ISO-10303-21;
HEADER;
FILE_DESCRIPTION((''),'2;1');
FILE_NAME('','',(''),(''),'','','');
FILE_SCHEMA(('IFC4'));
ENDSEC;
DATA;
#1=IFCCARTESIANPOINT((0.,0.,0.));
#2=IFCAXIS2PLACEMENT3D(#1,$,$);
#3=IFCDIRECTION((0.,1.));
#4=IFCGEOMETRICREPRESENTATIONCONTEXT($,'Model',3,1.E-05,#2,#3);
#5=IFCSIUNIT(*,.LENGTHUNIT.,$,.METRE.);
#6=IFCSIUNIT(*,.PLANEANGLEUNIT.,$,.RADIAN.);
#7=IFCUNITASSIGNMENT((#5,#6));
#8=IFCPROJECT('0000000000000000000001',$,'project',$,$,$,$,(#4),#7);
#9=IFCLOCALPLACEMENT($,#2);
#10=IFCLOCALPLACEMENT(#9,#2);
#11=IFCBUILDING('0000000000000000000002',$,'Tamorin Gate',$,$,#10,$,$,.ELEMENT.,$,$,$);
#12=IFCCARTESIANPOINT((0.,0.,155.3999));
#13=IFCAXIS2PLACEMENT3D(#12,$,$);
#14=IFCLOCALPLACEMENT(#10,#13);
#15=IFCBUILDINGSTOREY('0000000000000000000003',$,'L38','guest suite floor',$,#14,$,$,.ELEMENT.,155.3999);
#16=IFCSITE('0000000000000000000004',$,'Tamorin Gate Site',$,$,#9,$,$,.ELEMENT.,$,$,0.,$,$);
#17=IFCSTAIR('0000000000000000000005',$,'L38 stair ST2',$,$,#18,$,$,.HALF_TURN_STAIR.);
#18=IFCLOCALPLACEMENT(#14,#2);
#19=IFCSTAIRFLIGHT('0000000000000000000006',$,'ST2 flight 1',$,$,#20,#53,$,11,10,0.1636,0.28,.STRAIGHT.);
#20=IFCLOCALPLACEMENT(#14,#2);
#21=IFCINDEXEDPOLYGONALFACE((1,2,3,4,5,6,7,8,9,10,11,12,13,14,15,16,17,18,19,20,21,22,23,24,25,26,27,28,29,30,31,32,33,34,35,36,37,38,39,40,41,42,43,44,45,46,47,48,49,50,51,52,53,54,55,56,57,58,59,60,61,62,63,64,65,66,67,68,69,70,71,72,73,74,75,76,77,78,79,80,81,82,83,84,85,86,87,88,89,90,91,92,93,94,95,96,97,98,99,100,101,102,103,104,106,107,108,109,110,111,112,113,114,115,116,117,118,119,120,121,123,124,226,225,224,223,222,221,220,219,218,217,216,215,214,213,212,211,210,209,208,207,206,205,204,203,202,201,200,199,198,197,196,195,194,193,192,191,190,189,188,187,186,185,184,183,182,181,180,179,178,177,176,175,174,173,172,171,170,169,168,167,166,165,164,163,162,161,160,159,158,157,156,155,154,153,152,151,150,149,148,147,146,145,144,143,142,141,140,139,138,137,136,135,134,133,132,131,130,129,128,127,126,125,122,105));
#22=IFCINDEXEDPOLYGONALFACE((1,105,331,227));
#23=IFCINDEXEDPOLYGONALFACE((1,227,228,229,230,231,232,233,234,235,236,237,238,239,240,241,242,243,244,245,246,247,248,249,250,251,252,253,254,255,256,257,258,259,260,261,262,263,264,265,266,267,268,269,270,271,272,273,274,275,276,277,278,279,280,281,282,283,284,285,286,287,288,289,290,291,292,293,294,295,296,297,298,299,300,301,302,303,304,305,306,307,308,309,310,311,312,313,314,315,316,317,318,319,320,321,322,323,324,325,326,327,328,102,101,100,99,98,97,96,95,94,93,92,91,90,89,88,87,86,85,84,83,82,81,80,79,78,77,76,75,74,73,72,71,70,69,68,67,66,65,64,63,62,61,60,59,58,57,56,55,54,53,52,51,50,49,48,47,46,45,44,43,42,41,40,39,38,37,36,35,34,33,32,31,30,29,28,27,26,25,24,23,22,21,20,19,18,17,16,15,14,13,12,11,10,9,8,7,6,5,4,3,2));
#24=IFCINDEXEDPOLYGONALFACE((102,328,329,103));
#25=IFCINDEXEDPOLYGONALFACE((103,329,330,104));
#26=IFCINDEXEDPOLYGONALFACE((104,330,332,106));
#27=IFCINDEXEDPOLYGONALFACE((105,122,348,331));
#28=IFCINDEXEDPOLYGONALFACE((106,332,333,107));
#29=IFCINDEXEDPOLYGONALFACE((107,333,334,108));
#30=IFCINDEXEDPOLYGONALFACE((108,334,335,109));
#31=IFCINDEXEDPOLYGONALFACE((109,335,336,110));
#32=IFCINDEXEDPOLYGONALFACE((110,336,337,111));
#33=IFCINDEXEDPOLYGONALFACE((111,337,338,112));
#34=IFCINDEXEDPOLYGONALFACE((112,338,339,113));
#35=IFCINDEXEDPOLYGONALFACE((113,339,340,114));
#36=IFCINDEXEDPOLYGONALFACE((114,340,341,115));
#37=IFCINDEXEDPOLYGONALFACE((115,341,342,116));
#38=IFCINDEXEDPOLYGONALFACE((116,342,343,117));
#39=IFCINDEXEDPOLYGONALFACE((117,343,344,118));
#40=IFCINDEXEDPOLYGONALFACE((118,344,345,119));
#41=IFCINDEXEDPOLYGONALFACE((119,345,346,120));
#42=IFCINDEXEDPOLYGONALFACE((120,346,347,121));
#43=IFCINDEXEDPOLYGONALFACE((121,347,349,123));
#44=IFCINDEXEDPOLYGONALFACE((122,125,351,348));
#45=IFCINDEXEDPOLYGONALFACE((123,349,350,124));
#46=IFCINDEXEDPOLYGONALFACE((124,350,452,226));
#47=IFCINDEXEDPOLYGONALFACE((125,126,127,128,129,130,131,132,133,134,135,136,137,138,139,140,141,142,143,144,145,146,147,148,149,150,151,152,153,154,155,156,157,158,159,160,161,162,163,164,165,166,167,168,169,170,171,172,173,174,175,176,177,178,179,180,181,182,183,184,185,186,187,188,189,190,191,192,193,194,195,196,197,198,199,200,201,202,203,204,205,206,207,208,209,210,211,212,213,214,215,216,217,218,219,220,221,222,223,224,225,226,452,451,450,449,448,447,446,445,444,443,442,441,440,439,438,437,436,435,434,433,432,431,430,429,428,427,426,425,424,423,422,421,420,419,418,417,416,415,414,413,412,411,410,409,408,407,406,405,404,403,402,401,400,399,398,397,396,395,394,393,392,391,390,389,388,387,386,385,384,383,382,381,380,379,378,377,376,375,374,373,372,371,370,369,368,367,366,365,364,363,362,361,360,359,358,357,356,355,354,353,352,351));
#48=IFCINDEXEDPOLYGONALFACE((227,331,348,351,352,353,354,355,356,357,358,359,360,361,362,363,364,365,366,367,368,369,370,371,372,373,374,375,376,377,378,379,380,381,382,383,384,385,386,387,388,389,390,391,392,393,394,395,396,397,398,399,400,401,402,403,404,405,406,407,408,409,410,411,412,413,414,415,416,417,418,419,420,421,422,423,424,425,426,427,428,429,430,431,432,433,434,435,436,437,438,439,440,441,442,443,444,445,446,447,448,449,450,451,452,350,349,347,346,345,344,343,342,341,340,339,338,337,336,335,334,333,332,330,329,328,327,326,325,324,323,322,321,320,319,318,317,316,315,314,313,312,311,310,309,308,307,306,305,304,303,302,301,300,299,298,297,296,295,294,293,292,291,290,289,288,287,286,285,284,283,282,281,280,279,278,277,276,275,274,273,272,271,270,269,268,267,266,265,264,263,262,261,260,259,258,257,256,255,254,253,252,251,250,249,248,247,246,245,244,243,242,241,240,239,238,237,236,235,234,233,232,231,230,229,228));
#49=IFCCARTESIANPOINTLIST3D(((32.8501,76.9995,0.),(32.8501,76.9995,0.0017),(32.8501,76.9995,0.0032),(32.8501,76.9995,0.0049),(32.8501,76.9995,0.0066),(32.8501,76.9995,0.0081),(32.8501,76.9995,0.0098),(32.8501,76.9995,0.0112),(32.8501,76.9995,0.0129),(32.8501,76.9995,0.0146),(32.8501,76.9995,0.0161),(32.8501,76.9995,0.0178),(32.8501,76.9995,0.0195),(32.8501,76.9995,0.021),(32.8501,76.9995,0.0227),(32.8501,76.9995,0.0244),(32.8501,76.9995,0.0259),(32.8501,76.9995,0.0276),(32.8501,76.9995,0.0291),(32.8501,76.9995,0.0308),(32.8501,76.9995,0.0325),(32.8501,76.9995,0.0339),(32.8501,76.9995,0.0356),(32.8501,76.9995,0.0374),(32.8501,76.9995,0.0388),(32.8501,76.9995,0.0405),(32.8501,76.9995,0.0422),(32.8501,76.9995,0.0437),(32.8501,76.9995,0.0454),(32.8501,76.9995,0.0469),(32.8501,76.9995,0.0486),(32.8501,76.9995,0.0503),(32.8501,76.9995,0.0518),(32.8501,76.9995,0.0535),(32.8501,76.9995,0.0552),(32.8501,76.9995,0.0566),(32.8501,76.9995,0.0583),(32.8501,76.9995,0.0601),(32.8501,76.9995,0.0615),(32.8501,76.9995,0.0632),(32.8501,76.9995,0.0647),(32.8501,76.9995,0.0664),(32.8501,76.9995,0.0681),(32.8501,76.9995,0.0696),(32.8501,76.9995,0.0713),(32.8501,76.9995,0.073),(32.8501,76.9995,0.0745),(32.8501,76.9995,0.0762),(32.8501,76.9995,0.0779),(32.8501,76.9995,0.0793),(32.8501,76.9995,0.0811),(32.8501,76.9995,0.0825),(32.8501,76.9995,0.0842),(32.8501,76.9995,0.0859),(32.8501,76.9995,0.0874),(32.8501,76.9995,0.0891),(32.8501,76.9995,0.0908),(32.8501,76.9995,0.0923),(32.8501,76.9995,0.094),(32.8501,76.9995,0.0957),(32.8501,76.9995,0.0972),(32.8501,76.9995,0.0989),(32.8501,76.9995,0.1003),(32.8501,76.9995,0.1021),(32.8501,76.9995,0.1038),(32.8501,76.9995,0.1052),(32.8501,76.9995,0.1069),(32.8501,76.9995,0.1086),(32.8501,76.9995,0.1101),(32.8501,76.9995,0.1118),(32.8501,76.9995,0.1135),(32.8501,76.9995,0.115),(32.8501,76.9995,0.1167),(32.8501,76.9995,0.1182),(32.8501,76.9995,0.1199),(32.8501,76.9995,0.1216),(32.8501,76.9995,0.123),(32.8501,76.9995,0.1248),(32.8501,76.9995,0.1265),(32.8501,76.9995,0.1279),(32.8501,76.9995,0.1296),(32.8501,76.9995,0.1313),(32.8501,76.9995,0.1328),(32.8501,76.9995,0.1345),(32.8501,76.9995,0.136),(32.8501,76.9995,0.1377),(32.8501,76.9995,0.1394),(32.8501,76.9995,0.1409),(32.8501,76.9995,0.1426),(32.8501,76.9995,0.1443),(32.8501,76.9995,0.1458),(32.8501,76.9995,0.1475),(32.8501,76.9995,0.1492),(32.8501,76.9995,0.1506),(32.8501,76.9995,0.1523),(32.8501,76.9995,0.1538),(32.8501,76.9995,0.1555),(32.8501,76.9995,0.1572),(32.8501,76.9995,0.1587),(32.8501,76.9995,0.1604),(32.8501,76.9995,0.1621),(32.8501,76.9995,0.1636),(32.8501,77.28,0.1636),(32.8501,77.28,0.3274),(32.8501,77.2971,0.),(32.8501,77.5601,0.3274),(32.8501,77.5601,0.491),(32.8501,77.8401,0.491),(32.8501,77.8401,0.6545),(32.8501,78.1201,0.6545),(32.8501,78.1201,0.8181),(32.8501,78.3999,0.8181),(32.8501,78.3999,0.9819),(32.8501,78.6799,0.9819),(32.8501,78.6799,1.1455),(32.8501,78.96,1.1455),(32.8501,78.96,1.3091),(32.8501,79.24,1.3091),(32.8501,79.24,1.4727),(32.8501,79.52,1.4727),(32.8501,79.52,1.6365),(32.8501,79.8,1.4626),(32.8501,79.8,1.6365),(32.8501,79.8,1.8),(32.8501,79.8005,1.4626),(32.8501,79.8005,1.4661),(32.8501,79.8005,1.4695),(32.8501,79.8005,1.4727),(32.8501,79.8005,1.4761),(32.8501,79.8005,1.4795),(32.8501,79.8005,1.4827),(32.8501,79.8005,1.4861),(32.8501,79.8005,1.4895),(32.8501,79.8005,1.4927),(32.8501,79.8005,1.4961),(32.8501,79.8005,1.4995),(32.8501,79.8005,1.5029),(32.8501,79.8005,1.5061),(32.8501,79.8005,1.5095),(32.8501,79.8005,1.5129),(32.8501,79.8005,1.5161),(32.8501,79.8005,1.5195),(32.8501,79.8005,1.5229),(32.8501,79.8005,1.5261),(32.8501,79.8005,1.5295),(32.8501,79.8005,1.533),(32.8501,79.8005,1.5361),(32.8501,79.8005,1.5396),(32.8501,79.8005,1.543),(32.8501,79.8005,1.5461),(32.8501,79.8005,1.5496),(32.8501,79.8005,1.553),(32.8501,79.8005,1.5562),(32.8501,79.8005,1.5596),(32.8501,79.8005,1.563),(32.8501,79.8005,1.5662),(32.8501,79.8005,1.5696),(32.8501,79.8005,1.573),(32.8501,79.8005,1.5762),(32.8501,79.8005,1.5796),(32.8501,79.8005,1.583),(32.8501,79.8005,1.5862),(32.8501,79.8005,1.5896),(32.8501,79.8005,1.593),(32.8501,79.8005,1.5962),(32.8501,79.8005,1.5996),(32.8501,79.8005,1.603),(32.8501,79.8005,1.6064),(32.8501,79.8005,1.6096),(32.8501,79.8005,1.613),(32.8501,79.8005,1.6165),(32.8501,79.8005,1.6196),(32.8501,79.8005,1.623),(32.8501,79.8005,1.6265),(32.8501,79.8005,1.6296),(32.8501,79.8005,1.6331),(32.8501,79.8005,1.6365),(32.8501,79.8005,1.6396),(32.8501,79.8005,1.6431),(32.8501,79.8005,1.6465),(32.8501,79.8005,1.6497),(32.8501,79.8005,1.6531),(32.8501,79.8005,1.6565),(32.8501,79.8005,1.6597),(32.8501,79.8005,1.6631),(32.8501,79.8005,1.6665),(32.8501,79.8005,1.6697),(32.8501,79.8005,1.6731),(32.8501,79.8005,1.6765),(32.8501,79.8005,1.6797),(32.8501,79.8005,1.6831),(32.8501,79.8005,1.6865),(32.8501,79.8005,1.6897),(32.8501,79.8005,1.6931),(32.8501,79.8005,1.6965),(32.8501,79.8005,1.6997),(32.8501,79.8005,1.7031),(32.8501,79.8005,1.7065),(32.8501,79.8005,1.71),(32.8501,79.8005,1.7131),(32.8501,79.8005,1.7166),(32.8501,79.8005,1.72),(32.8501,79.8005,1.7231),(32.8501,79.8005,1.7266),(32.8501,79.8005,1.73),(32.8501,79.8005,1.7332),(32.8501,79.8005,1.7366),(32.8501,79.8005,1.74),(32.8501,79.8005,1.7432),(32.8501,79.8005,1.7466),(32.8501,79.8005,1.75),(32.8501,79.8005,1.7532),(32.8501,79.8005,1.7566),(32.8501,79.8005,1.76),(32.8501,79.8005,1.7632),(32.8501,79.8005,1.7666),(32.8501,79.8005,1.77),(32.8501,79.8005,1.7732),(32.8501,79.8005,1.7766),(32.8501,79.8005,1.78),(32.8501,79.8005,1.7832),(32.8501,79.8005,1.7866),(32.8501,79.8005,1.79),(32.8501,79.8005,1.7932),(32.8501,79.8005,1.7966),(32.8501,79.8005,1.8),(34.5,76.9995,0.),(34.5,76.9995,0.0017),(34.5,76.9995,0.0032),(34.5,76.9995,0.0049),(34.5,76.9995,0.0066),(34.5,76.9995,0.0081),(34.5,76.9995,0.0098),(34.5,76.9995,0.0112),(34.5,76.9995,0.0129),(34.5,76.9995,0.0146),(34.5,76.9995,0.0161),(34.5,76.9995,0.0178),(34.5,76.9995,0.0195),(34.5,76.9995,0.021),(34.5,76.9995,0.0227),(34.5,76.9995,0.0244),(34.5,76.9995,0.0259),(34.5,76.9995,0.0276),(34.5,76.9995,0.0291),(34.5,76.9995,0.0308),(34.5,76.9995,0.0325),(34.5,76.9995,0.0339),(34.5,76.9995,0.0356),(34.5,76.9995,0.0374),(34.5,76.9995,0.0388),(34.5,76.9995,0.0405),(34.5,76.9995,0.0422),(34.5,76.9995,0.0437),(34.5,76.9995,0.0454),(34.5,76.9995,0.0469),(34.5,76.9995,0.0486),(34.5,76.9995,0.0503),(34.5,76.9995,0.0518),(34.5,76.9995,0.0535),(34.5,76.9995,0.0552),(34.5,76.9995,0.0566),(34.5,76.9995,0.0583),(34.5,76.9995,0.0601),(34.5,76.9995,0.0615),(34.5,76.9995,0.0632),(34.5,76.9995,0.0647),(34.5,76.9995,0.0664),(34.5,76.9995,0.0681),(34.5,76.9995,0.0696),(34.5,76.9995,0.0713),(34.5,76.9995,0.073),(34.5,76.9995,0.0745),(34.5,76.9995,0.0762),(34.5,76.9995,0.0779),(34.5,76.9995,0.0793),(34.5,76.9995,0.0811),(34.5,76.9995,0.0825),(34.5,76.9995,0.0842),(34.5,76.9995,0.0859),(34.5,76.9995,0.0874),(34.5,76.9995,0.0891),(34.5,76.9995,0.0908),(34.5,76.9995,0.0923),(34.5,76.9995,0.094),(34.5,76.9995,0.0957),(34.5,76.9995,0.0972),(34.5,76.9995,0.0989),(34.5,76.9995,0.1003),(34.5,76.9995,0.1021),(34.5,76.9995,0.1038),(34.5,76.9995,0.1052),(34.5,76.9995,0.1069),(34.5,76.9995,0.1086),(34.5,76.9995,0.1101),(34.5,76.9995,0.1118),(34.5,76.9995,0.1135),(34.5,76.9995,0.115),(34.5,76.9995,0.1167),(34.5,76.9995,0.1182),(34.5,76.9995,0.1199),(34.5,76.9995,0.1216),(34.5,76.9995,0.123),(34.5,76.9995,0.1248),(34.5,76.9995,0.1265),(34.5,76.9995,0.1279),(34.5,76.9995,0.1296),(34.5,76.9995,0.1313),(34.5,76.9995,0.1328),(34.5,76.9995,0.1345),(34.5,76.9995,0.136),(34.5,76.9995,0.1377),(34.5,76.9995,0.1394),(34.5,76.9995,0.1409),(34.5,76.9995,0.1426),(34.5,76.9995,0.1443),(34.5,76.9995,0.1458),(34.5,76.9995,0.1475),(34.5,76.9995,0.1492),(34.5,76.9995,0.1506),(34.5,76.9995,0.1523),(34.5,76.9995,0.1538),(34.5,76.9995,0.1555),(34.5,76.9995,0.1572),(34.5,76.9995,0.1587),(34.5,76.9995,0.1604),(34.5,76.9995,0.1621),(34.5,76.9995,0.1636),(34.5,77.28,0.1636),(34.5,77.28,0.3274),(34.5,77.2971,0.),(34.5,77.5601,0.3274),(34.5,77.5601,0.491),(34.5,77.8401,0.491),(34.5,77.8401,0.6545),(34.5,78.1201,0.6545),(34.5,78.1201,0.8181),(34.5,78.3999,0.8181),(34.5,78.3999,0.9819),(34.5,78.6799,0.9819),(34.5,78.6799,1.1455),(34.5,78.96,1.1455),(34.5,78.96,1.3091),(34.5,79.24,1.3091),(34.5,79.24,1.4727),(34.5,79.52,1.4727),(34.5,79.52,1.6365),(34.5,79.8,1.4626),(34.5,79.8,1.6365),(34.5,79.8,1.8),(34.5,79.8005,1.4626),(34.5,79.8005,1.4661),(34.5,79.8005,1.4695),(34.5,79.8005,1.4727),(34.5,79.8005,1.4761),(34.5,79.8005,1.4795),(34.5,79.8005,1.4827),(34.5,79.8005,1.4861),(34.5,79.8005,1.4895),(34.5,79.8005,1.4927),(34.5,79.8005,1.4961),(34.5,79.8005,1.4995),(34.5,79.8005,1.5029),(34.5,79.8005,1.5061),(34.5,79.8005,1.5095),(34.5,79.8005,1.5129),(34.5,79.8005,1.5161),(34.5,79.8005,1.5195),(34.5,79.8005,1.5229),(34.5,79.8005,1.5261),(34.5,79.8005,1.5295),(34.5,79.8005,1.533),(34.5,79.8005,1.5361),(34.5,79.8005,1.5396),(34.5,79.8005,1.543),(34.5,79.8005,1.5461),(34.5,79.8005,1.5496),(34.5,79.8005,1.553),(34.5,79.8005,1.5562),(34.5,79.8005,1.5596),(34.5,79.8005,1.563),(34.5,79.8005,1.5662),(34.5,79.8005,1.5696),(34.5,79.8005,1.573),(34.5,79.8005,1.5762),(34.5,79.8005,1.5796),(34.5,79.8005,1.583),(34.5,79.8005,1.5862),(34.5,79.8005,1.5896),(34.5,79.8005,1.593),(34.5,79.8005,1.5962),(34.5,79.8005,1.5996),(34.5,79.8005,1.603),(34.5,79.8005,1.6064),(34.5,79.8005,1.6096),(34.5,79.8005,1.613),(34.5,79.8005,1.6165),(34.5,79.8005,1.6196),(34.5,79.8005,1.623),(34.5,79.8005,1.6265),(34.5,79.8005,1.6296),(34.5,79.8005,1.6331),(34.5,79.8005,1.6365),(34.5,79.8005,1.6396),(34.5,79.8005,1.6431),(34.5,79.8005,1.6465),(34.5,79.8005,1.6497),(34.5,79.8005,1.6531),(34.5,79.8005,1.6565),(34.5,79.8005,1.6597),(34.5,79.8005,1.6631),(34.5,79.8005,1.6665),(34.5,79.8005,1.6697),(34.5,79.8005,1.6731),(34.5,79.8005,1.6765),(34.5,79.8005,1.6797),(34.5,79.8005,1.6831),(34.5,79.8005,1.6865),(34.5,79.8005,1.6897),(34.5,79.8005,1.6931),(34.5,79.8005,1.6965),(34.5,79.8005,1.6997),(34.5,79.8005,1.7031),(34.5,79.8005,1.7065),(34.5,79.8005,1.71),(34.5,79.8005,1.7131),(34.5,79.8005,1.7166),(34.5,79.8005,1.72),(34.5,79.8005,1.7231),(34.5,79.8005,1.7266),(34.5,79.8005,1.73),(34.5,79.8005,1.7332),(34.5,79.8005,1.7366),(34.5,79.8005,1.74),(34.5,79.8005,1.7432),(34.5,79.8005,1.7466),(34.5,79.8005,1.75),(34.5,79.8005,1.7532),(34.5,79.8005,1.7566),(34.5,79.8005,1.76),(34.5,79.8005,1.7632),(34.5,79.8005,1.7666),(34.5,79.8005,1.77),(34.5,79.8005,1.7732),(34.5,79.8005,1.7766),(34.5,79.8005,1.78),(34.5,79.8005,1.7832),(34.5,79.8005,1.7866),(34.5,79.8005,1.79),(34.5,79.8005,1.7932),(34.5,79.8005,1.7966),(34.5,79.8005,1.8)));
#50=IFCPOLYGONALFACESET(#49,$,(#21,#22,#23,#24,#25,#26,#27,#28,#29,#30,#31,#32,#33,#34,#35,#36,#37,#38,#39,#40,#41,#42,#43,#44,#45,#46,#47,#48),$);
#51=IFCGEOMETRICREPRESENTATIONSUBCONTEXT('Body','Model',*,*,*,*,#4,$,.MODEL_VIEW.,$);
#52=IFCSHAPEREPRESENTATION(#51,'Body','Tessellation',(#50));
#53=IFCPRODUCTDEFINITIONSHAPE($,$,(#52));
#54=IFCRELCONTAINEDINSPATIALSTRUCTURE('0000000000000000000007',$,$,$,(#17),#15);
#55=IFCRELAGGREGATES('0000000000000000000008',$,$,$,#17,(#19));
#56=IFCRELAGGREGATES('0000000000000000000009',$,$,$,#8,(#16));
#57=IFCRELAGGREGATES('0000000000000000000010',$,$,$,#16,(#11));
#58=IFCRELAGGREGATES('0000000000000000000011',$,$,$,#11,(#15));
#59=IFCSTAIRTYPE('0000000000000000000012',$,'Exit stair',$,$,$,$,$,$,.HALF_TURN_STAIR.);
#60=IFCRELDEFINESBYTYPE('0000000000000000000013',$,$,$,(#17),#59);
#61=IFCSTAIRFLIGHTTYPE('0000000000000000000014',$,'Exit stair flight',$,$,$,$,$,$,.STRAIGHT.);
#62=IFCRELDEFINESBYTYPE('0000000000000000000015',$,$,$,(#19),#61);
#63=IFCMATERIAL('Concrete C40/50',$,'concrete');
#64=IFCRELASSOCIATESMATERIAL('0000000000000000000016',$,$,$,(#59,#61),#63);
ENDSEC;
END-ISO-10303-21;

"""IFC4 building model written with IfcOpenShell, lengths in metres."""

from ifc_helpers import new_model, si_unit, direction, frame, origin, place, context, subcontext, project, spatial, polyline, outline, extrude, material, type_object, element, aggregate, save


model = new_model("IFC4")

# Units and contexts
model_context = context("Model", 3, precision=1e-05, world=origin(), true_north=direction((0.0, 1.0)))
body_context = subcontext(model_context, "Body", "Model", "MODEL_VIEW")
ifc_project = project(units=[si_unit("LENGTHUNIT", "METRE"), si_unit("PLANEANGLEUNIT", "RADIAN")], contexts=[model_context])

# Site, building, storey
site_placement = place(None, origin())
site = spatial("IfcSite", under=ifc_project, at=site_placement, Name="Tamorin Gate Site", CompositionType="ELEMENT", RefElevation=0.0)
building_placement = place(site_placement, origin())
building = spatial("IfcBuilding", under=site, at=building_placement, Name="Tamorin Gate", CompositionType="ELEMENT")
storey_placement = place(building_placement, frame((0.0, 0.0, 155.3999)))
storey = spatial("IfcBuildingStorey", under=building, at=storey_placement, Name="L38", Description="guest suite floor", CompositionType="ELEMENT", Elevation=155.3999)

# Shared definitions
ifc_material_1 = material(Name="Concrete C40/50", Category="concrete")

# Stair, stair flight
stair_type = type_object("IfcStairType", Name="Exit stair", PredefinedType="HALF_TURN_STAIR", material=ifc_material_1)
stair_flight_type = type_object("IfcStairFlightType", Name="Exit stair flight", PredefinedType="STRAIGHT", material=ifc_material_1)
stair_1_placement = place(storey_placement, origin())
stair_1 = element("IfcStair", 1, at=stair_1_placement, inside=storey, type_object=stair_type, Name="L38 stair ST2", PredefinedType="HALF_TURN_STAIR")
stair_flight_1_placement = place(storey_placement, frame((33.675, 77.0, 0.0), z_axis=(0.0, 0.0, 1.0), x_axis=(0.0, 1.0, 0.0)))
stair_flight_1 = element("IfcStairFlight", 2, at=stair_flight_1_placement, type_object=stair_flight_type, Name="ST2 flight 1", NumberOfRisers=11, NumberOfTreads=10, PredefinedType="STRAIGHT", RiserHeight=0.1636, TreadLength=0.28, context=body_context, shape_type="SweptSolid", body=[
    extrude(outline(polyline([(-0.0005, 0.0), (-0.0005, 0.0017), (-0.0005, 0.0032), (-0.0005, 0.0049), (-0.0005, 0.0066), (-0.0005, 0.0081), (-0.0005, 0.0098), (-0.0005, 0.0112), (-0.0005, 0.0129), (-0.0005, 0.0146), (-0.0005, 0.0161), (-0.0005, 0.0178), (-0.0005, 0.0195), (-0.0005, 0.021), (-0.0005, 0.0227), (-0.0005, 0.0244), (-0.0005, 0.0259), (-0.0005, 0.0276), (-0.0005, 0.0291), (-0.0005, 0.0308), (-0.0005, 0.0325), (-0.0005, 0.0339), (-0.0005, 0.0356), (-0.0005, 0.0374), (-0.0005, 0.0388), (-0.0005, 0.0405), (-0.0005, 0.0422), (-0.0005, 0.0437), (-0.0005, 0.0454), (-0.0005, 0.0469), (-0.0005, 0.0486), (-0.0005, 0.0503), (-0.0005, 0.0518), (-0.0005, 0.0535), (-0.0005, 0.0552), (-0.0005, 0.0566), (-0.0005, 0.0583), (-0.0005, 0.0601), (-0.0005, 0.0615), (-0.0005, 0.0632), (-0.0005, 0.0647), (-0.0005, 0.0664), (-0.0005, 0.0681), (-0.0005, 0.0696), (-0.0005, 0.0713), (-0.0005, 0.073), (-0.0005, 0.0745), (-0.0005, 0.0762), (-0.0005, 0.0779), (-0.0005, 0.0793), (-0.0005, 0.0811), (-0.0005, 0.0825), (-0.0005, 0.0842), (-0.0005, 0.0859), (-0.0005, 0.0874), (-0.0005, 0.0891), (-0.0005, 0.0908), (-0.0005, 0.0923), (-0.0005, 0.094), (-0.0005, 0.0957), (-0.0005, 0.0972), (-0.0005, 0.0989), (-0.0005, 0.1003), (-0.0005, 0.1021), (-0.0005, 0.1038), (-0.0005, 0.1052), (-0.0005, 0.1069), (-0.0005, 0.1086), (-0.0005, 0.1101), (-0.0005, 0.1118), (-0.0005, 0.1135), (-0.0005, 0.115), (-0.0005, 0.1167), (-0.0005, 0.1182), (-0.0005, 0.1199), (-0.0005, 0.1216), (-0.0005, 0.123), (-0.0005, 0.1248), (-0.0005, 0.1265), (-0.0005, 0.1279), (-0.0005, 0.1296), (-0.0005, 0.1313), (-0.0005, 0.1328), (-0.0005, 0.1345), (-0.0005, 0.136), (-0.0005, 0.1377), (-0.0005, 0.1394), (-0.0005, 0.1409), (-0.0005, 0.1426), (-0.0005, 0.1443), (-0.0005, 0.1458), (-0.0005, 0.1475), (-0.0005, 0.1492), (-0.0005, 0.1506), (-0.0005, 0.1523), (-0.0005, 0.1538), (-0.0005, 0.1555), (-0.0005, 0.1572), (-0.0005, 0.1587), (-0.0005, 0.1604), (-0.0005, 0.1621), (-0.0005, 0.1636), (0.28, 0.1636), (0.28, 0.3274), (0.5601, 0.3274), (0.5601, 0.491), (0.8401, 0.491), (0.8401, 0.6545), (1.1201, 0.6545), (1.1201, 0.8181), (1.3999, 0.8181), (1.3999, 0.9819), (1.6799, 0.9819), (1.6799, 1.1455), (1.96, 1.1455), (1.96, 1.3091), (2.24, 1.3091), (2.24, 1.4727), (2.52, 1.4727), (2.52, 1.6365), (2.8, 1.6365), (2.8, 1.8), (2.8005, 1.8), (2.8005, 1.7966), (2.8005, 1.7932), (2.8005, 1.79), (2.8005, 1.7866), (2.8005, 1.7832), (2.8005, 1.78), (2.8005, 1.7766), (2.8005, 1.7732), (2.8005, 1.77), (2.8005, 1.7666), (2.8005, 1.7632), (2.8005, 1.76), (2.8005, 1.7566), (2.8005, 1.7532), (2.8005, 1.75), (2.8005, 1.7466), (2.8005, 1.7432), (2.8005, 1.74), (2.8005, 1.7366), (2.8005, 1.7332), (2.8005, 1.73), (2.8005, 1.7266), (2.8005, 1.7231), (2.8005, 1.72), (2.8005, 1.7166), (2.8005, 1.7131), (2.8005, 1.71), (2.8005, 1.7065), (2.8005, 1.7031), (2.8005, 1.6997), (2.8005, 1.6965), (2.8005, 1.6931), (2.8005, 1.6897), (2.8005, 1.6865), (2.8005, 1.6831), (2.8005, 1.6797), (2.8005, 1.6765), (2.8005, 1.6731), (2.8005, 1.6697), (2.8005, 1.6665), (2.8005, 1.6631), (2.8005, 1.6597), (2.8005, 1.6565), (2.8005, 1.6531), (2.8005, 1.6497), (2.8005, 1.6465), (2.8005, 1.6431), (2.8005, 1.6396), (2.8005, 1.6365), (2.8005, 1.6331), (2.8005, 1.6296), (2.8005, 1.6265), (2.8005, 1.623), (2.8005, 1.6196), (2.8005, 1.6165), (2.8005, 1.613), (2.8005, 1.6096), (2.8005, 1.6064), (2.8005, 1.603), (2.8005, 1.5996), (2.8005, 1.5962), (2.8005, 1.593), (2.8005, 1.5896), (2.8005, 1.5862), (2.8005, 1.583), (2.8005, 1.5796), (2.8005, 1.5762), (2.8005, 1.573), (2.8005, 1.5696), (2.8005, 1.5662), (2.8005, 1.563), (2.8005, 1.5596), (2.8005, 1.5562), (2.8005, 1.553), (2.8005, 1.5496), (2.8005, 1.5461), (2.8005, 1.543), (2.8005, 1.5396), (2.8005, 1.5361), (2.8005, 1.533), (2.8005, 1.5295), (2.8005, 1.5261), (2.8005, 1.5229), (2.8005, 1.5195), (2.8005, 1.5161), (2.8005, 1.5129), (2.8005, 1.5095), (2.8005, 1.5061), (2.8005, 1.5029), (2.8005, 1.4995), (2.8005, 1.4961), (2.8005, 1.4927), (2.8005, 1.4895), (2.8005, 1.4861), (2.8005, 1.4827), (2.8005, 1.4795), (2.8005, 1.4761), (2.8005, 1.4727), (2.8005, 1.4695), (2.8005, 1.4661), (2.8005, 1.4626), (2.8, 1.4626), (0.2971, 0.0), (-0.0005, 0.0)])), frame((0.0, 0.825, 0.0), z_axis=(0.0, -1.0, 0.0), x_axis=(1.0, 0.0, 0.0)), (0.0, 0.0, 1.0), 1.6499),
])
aggregate(stair_1, [stair_flight_1])

save(model, "model.ifc")
